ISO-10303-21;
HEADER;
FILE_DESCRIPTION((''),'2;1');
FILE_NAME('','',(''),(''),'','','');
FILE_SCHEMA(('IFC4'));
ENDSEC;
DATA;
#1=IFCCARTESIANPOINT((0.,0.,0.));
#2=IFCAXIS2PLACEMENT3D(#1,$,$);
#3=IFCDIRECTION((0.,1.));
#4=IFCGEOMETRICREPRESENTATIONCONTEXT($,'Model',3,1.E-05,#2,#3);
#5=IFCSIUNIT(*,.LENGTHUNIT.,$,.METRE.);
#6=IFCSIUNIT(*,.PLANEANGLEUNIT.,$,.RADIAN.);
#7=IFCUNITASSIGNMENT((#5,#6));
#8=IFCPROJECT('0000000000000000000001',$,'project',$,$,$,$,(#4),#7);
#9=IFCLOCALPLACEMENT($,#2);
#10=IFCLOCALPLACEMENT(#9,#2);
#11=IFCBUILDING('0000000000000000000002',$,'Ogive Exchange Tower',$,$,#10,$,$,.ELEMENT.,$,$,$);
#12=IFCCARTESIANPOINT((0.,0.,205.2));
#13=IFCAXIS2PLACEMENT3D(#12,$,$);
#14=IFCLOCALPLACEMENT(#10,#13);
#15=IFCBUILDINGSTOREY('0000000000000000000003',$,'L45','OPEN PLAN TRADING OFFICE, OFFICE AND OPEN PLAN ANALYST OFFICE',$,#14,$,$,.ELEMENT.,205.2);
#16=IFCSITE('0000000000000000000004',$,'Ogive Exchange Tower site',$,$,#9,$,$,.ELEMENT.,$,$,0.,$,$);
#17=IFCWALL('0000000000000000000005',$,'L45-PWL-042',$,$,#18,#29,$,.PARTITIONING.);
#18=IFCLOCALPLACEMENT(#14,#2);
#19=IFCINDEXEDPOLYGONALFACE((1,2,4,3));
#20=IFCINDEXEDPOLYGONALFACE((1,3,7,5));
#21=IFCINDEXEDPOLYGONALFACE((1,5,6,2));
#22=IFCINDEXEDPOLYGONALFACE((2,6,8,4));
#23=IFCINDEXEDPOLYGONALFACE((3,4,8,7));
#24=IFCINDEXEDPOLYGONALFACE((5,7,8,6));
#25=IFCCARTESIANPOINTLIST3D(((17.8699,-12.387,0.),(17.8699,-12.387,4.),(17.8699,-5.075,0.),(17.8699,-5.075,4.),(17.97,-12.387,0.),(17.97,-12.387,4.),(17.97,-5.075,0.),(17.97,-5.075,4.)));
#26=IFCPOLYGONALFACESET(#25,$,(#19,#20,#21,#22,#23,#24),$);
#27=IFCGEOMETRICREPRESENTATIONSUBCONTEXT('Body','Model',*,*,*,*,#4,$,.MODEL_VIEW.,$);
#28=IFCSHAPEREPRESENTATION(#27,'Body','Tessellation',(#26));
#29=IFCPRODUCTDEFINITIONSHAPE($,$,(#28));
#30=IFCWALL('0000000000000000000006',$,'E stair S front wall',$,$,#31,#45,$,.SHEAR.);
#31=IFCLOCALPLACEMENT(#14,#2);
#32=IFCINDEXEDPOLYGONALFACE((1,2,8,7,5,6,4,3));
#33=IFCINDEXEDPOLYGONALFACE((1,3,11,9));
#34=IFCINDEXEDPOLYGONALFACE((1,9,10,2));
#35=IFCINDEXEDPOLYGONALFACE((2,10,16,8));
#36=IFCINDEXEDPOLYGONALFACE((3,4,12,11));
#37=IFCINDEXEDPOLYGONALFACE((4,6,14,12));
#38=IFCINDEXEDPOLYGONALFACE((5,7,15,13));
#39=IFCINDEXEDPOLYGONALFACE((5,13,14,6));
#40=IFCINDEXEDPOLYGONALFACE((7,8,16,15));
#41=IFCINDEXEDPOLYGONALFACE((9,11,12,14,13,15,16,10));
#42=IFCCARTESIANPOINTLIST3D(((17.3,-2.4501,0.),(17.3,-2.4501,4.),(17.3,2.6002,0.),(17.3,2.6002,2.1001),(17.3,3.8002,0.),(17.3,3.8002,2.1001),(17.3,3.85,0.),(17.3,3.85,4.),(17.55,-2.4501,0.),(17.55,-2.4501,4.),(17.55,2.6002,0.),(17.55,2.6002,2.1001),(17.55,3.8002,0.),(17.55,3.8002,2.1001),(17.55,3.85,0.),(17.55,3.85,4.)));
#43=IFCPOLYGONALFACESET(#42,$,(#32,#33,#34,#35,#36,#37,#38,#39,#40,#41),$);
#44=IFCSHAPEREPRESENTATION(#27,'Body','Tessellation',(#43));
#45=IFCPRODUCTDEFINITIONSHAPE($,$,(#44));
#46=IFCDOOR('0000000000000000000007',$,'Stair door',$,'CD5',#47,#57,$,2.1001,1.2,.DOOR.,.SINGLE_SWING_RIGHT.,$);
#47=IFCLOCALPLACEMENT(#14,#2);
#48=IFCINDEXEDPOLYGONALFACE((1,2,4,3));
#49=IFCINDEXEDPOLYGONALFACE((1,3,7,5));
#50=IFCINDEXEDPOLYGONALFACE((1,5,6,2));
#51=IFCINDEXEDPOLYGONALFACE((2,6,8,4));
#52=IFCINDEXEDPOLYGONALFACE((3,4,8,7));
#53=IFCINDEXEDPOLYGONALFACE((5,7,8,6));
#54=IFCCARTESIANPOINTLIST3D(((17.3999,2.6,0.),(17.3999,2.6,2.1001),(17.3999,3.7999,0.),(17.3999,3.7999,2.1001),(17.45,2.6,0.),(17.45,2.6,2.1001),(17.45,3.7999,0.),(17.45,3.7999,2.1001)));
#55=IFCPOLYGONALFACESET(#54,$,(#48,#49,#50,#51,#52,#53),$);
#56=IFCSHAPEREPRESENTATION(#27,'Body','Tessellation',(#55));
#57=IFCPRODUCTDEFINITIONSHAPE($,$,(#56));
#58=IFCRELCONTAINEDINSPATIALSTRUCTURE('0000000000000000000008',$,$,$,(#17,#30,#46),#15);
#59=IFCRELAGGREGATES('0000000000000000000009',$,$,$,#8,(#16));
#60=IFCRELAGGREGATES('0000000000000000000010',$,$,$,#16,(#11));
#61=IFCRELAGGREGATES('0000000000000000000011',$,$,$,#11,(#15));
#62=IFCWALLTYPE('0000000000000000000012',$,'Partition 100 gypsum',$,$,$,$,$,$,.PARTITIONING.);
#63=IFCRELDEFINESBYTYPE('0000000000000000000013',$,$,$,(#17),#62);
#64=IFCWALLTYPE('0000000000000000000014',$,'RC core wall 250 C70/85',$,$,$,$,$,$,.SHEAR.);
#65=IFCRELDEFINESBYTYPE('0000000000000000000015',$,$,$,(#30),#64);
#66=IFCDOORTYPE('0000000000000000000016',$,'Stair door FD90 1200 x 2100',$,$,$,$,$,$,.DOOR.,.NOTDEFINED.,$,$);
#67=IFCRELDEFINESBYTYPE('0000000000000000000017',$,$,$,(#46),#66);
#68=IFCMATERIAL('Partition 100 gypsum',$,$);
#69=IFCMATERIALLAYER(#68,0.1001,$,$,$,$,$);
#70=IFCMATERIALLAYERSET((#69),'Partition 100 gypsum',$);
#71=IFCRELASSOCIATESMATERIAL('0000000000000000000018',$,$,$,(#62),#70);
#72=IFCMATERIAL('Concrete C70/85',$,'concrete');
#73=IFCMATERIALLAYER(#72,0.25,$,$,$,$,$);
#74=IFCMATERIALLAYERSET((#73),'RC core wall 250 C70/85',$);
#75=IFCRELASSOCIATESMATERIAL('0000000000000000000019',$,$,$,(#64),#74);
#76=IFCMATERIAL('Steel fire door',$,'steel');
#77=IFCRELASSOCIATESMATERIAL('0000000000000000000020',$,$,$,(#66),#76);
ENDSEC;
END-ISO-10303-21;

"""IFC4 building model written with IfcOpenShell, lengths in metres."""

from ifc_helpers import new_model, si_unit, direction, frame, frame_2d, origin, place, context, subcontext, project, spatial, rectangle, extrude, material, layer, layer_set, type_object, element, fill, save


model = new_model("IFC4")

# Units and contexts
model_context = context("Model", 3, precision=1e-05, world=origin(), true_north=direction((0.0, 1.0)))
body_context = subcontext(model_context, "Body", "Model", "MODEL_VIEW")
ifc_project = project(units=[si_unit("LENGTHUNIT", "METRE"), si_unit("PLANEANGLEUNIT", "RADIAN")], contexts=[model_context])

# Site, building, storey
site_placement = place(None, origin())
site = spatial("IfcSite", under=ifc_project, at=site_placement, Name="Ogive Exchange Tower site", CompositionType="ELEMENT", RefElevation=0.0)
building_placement = place(site_placement, origin())
building = spatial("IfcBuilding", under=site, at=building_placement, Name="Ogive Exchange Tower", CompositionType="ELEMENT")
storey_placement = place(building_placement, frame((0.0, 0.0, 205.2)))
storey = spatial("IfcBuildingStorey", under=building, at=storey_placement, Name="L45", Description="OPEN PLAN TRADING OFFICE, OFFICE AND OPEN PLAN ANALYST OFFICE", CompositionType="ELEMENT", Elevation=205.2)

# Wall
ifc_material_1 = material(Name="Partition 100 gypsum")
ifc_layer_1 = layer(ifc_material_1, 0.1001)
ifc_layer_set_1 = layer_set([ifc_layer_1], Name="Partition 100 gypsum")
wall_type_1 = type_object("IfcWallType", Name="Partition 100 gypsum", PredefinedType="PARTITIONING", material=ifc_layer_set_1)
wall_1_placement = place(storey_placement, frame((17.9199, -5.075, 0.0), z_axis=(0.0, 0.0, 1.0), x_axis=(0.0, -1.0, 0.0)))
element("IfcWall", 1, at=wall_1_placement, inside=storey, type_object=wall_type_1, Name="L45-PWL-042", PredefinedType="PARTITIONING", context=body_context, shape_type="SweptSolid", body=[
    extrude(rectangle(XDim=7.312, YDim=0.1001, at=frame_2d((3.656, 0.0))), origin(), (0.0, 0.0, 1.0), 4.0),
])

# Wall, opening, door
ifc_material_2 = material(Name="Concrete C70/85", Category="concrete")
ifc_layer_2 = layer(ifc_material_2, 0.25)
ifc_layer_set_2 = layer_set([ifc_layer_2], Name="RC core wall 250 C70/85")
wall_type_2 = type_object("IfcWallType", Name="RC core wall 250 C70/85", PredefinedType="SHEAR", material=ifc_layer_set_2)
wall_2_placement = place(storey_placement, frame((17.425, -2.45, 0.0), z_axis=(0.0, 0.0, 1.0), x_axis=(0.0, 1.0, 0.0)))
wall_2 = element("IfcWall", 2, at=wall_2_placement, inside=storey, type_object=wall_type_2, Name="E stair S front wall", PredefinedType="SHEAR", context=body_context, shape_type="SweptSolid", body=[
    extrude(rectangle(XDim=6.3, YDim=0.25, at=frame_2d((3.1499, 0.0))), origin(), (0.0, 0.0, 1.0), 4.0),
])
opening_1_placement = place(wall_2_placement, frame((5.05, 0.0, 0.0)))
opening_1 = element("IfcOpeningElement", 3, at=opening_1_placement, cuts=wall_2, PredefinedType="OPENING", context=body_context, shape_type="SweptSolid", body=[
    extrude(rectangle(XDim=1.2, YDim=2.1001, at=frame_2d((0.6001, 1.05))), frame((0.0, 0.135, 0.0), z_axis=(0.0, -1.0, 0.0), x_axis=(1.0, 0.0, 0.0)), (0.0, 0.0, 1.0), 0.27),
])
ifc_material_3 = material(Name="Steel fire door", Category="steel")
door_type_1 = type_object("IfcDoorType", Name="Stair door FD90 1200 x 2100", OperationType="NOTDEFINED", PredefinedType="DOOR", material=ifc_material_3)
door_1_placement = place(opening_1_placement, frame((1.2, 0.0, 0.0), z_axis=(0.0, 0.0, 1.0), x_axis=(-1.0, 0.0, 0.0)))
door_1 = element("IfcDoor", 4, at=door_1_placement, inside=storey, type_object=door_type_1, Name="Stair door", ObjectType="CD5", OperationType="SINGLE_SWING_RIGHT", OverallHeight=2.1001, OverallWidth=1.2, PredefinedType="DOOR", context=body_context, shape_type="SweptSolid", body=[
    extrude(rectangle(XDim=1.2, YDim=2.1001, at=frame_2d((0.6001, 1.05))), frame((0.0, 0.0249, 0.0), z_axis=(0.0, -1.0, 0.0), x_axis=(1.0, 0.0, 0.0)), (0.0, 0.0, 1.0), 0.05),
])
fill(opening_1, door_1)

save(model, "model.ifc")
